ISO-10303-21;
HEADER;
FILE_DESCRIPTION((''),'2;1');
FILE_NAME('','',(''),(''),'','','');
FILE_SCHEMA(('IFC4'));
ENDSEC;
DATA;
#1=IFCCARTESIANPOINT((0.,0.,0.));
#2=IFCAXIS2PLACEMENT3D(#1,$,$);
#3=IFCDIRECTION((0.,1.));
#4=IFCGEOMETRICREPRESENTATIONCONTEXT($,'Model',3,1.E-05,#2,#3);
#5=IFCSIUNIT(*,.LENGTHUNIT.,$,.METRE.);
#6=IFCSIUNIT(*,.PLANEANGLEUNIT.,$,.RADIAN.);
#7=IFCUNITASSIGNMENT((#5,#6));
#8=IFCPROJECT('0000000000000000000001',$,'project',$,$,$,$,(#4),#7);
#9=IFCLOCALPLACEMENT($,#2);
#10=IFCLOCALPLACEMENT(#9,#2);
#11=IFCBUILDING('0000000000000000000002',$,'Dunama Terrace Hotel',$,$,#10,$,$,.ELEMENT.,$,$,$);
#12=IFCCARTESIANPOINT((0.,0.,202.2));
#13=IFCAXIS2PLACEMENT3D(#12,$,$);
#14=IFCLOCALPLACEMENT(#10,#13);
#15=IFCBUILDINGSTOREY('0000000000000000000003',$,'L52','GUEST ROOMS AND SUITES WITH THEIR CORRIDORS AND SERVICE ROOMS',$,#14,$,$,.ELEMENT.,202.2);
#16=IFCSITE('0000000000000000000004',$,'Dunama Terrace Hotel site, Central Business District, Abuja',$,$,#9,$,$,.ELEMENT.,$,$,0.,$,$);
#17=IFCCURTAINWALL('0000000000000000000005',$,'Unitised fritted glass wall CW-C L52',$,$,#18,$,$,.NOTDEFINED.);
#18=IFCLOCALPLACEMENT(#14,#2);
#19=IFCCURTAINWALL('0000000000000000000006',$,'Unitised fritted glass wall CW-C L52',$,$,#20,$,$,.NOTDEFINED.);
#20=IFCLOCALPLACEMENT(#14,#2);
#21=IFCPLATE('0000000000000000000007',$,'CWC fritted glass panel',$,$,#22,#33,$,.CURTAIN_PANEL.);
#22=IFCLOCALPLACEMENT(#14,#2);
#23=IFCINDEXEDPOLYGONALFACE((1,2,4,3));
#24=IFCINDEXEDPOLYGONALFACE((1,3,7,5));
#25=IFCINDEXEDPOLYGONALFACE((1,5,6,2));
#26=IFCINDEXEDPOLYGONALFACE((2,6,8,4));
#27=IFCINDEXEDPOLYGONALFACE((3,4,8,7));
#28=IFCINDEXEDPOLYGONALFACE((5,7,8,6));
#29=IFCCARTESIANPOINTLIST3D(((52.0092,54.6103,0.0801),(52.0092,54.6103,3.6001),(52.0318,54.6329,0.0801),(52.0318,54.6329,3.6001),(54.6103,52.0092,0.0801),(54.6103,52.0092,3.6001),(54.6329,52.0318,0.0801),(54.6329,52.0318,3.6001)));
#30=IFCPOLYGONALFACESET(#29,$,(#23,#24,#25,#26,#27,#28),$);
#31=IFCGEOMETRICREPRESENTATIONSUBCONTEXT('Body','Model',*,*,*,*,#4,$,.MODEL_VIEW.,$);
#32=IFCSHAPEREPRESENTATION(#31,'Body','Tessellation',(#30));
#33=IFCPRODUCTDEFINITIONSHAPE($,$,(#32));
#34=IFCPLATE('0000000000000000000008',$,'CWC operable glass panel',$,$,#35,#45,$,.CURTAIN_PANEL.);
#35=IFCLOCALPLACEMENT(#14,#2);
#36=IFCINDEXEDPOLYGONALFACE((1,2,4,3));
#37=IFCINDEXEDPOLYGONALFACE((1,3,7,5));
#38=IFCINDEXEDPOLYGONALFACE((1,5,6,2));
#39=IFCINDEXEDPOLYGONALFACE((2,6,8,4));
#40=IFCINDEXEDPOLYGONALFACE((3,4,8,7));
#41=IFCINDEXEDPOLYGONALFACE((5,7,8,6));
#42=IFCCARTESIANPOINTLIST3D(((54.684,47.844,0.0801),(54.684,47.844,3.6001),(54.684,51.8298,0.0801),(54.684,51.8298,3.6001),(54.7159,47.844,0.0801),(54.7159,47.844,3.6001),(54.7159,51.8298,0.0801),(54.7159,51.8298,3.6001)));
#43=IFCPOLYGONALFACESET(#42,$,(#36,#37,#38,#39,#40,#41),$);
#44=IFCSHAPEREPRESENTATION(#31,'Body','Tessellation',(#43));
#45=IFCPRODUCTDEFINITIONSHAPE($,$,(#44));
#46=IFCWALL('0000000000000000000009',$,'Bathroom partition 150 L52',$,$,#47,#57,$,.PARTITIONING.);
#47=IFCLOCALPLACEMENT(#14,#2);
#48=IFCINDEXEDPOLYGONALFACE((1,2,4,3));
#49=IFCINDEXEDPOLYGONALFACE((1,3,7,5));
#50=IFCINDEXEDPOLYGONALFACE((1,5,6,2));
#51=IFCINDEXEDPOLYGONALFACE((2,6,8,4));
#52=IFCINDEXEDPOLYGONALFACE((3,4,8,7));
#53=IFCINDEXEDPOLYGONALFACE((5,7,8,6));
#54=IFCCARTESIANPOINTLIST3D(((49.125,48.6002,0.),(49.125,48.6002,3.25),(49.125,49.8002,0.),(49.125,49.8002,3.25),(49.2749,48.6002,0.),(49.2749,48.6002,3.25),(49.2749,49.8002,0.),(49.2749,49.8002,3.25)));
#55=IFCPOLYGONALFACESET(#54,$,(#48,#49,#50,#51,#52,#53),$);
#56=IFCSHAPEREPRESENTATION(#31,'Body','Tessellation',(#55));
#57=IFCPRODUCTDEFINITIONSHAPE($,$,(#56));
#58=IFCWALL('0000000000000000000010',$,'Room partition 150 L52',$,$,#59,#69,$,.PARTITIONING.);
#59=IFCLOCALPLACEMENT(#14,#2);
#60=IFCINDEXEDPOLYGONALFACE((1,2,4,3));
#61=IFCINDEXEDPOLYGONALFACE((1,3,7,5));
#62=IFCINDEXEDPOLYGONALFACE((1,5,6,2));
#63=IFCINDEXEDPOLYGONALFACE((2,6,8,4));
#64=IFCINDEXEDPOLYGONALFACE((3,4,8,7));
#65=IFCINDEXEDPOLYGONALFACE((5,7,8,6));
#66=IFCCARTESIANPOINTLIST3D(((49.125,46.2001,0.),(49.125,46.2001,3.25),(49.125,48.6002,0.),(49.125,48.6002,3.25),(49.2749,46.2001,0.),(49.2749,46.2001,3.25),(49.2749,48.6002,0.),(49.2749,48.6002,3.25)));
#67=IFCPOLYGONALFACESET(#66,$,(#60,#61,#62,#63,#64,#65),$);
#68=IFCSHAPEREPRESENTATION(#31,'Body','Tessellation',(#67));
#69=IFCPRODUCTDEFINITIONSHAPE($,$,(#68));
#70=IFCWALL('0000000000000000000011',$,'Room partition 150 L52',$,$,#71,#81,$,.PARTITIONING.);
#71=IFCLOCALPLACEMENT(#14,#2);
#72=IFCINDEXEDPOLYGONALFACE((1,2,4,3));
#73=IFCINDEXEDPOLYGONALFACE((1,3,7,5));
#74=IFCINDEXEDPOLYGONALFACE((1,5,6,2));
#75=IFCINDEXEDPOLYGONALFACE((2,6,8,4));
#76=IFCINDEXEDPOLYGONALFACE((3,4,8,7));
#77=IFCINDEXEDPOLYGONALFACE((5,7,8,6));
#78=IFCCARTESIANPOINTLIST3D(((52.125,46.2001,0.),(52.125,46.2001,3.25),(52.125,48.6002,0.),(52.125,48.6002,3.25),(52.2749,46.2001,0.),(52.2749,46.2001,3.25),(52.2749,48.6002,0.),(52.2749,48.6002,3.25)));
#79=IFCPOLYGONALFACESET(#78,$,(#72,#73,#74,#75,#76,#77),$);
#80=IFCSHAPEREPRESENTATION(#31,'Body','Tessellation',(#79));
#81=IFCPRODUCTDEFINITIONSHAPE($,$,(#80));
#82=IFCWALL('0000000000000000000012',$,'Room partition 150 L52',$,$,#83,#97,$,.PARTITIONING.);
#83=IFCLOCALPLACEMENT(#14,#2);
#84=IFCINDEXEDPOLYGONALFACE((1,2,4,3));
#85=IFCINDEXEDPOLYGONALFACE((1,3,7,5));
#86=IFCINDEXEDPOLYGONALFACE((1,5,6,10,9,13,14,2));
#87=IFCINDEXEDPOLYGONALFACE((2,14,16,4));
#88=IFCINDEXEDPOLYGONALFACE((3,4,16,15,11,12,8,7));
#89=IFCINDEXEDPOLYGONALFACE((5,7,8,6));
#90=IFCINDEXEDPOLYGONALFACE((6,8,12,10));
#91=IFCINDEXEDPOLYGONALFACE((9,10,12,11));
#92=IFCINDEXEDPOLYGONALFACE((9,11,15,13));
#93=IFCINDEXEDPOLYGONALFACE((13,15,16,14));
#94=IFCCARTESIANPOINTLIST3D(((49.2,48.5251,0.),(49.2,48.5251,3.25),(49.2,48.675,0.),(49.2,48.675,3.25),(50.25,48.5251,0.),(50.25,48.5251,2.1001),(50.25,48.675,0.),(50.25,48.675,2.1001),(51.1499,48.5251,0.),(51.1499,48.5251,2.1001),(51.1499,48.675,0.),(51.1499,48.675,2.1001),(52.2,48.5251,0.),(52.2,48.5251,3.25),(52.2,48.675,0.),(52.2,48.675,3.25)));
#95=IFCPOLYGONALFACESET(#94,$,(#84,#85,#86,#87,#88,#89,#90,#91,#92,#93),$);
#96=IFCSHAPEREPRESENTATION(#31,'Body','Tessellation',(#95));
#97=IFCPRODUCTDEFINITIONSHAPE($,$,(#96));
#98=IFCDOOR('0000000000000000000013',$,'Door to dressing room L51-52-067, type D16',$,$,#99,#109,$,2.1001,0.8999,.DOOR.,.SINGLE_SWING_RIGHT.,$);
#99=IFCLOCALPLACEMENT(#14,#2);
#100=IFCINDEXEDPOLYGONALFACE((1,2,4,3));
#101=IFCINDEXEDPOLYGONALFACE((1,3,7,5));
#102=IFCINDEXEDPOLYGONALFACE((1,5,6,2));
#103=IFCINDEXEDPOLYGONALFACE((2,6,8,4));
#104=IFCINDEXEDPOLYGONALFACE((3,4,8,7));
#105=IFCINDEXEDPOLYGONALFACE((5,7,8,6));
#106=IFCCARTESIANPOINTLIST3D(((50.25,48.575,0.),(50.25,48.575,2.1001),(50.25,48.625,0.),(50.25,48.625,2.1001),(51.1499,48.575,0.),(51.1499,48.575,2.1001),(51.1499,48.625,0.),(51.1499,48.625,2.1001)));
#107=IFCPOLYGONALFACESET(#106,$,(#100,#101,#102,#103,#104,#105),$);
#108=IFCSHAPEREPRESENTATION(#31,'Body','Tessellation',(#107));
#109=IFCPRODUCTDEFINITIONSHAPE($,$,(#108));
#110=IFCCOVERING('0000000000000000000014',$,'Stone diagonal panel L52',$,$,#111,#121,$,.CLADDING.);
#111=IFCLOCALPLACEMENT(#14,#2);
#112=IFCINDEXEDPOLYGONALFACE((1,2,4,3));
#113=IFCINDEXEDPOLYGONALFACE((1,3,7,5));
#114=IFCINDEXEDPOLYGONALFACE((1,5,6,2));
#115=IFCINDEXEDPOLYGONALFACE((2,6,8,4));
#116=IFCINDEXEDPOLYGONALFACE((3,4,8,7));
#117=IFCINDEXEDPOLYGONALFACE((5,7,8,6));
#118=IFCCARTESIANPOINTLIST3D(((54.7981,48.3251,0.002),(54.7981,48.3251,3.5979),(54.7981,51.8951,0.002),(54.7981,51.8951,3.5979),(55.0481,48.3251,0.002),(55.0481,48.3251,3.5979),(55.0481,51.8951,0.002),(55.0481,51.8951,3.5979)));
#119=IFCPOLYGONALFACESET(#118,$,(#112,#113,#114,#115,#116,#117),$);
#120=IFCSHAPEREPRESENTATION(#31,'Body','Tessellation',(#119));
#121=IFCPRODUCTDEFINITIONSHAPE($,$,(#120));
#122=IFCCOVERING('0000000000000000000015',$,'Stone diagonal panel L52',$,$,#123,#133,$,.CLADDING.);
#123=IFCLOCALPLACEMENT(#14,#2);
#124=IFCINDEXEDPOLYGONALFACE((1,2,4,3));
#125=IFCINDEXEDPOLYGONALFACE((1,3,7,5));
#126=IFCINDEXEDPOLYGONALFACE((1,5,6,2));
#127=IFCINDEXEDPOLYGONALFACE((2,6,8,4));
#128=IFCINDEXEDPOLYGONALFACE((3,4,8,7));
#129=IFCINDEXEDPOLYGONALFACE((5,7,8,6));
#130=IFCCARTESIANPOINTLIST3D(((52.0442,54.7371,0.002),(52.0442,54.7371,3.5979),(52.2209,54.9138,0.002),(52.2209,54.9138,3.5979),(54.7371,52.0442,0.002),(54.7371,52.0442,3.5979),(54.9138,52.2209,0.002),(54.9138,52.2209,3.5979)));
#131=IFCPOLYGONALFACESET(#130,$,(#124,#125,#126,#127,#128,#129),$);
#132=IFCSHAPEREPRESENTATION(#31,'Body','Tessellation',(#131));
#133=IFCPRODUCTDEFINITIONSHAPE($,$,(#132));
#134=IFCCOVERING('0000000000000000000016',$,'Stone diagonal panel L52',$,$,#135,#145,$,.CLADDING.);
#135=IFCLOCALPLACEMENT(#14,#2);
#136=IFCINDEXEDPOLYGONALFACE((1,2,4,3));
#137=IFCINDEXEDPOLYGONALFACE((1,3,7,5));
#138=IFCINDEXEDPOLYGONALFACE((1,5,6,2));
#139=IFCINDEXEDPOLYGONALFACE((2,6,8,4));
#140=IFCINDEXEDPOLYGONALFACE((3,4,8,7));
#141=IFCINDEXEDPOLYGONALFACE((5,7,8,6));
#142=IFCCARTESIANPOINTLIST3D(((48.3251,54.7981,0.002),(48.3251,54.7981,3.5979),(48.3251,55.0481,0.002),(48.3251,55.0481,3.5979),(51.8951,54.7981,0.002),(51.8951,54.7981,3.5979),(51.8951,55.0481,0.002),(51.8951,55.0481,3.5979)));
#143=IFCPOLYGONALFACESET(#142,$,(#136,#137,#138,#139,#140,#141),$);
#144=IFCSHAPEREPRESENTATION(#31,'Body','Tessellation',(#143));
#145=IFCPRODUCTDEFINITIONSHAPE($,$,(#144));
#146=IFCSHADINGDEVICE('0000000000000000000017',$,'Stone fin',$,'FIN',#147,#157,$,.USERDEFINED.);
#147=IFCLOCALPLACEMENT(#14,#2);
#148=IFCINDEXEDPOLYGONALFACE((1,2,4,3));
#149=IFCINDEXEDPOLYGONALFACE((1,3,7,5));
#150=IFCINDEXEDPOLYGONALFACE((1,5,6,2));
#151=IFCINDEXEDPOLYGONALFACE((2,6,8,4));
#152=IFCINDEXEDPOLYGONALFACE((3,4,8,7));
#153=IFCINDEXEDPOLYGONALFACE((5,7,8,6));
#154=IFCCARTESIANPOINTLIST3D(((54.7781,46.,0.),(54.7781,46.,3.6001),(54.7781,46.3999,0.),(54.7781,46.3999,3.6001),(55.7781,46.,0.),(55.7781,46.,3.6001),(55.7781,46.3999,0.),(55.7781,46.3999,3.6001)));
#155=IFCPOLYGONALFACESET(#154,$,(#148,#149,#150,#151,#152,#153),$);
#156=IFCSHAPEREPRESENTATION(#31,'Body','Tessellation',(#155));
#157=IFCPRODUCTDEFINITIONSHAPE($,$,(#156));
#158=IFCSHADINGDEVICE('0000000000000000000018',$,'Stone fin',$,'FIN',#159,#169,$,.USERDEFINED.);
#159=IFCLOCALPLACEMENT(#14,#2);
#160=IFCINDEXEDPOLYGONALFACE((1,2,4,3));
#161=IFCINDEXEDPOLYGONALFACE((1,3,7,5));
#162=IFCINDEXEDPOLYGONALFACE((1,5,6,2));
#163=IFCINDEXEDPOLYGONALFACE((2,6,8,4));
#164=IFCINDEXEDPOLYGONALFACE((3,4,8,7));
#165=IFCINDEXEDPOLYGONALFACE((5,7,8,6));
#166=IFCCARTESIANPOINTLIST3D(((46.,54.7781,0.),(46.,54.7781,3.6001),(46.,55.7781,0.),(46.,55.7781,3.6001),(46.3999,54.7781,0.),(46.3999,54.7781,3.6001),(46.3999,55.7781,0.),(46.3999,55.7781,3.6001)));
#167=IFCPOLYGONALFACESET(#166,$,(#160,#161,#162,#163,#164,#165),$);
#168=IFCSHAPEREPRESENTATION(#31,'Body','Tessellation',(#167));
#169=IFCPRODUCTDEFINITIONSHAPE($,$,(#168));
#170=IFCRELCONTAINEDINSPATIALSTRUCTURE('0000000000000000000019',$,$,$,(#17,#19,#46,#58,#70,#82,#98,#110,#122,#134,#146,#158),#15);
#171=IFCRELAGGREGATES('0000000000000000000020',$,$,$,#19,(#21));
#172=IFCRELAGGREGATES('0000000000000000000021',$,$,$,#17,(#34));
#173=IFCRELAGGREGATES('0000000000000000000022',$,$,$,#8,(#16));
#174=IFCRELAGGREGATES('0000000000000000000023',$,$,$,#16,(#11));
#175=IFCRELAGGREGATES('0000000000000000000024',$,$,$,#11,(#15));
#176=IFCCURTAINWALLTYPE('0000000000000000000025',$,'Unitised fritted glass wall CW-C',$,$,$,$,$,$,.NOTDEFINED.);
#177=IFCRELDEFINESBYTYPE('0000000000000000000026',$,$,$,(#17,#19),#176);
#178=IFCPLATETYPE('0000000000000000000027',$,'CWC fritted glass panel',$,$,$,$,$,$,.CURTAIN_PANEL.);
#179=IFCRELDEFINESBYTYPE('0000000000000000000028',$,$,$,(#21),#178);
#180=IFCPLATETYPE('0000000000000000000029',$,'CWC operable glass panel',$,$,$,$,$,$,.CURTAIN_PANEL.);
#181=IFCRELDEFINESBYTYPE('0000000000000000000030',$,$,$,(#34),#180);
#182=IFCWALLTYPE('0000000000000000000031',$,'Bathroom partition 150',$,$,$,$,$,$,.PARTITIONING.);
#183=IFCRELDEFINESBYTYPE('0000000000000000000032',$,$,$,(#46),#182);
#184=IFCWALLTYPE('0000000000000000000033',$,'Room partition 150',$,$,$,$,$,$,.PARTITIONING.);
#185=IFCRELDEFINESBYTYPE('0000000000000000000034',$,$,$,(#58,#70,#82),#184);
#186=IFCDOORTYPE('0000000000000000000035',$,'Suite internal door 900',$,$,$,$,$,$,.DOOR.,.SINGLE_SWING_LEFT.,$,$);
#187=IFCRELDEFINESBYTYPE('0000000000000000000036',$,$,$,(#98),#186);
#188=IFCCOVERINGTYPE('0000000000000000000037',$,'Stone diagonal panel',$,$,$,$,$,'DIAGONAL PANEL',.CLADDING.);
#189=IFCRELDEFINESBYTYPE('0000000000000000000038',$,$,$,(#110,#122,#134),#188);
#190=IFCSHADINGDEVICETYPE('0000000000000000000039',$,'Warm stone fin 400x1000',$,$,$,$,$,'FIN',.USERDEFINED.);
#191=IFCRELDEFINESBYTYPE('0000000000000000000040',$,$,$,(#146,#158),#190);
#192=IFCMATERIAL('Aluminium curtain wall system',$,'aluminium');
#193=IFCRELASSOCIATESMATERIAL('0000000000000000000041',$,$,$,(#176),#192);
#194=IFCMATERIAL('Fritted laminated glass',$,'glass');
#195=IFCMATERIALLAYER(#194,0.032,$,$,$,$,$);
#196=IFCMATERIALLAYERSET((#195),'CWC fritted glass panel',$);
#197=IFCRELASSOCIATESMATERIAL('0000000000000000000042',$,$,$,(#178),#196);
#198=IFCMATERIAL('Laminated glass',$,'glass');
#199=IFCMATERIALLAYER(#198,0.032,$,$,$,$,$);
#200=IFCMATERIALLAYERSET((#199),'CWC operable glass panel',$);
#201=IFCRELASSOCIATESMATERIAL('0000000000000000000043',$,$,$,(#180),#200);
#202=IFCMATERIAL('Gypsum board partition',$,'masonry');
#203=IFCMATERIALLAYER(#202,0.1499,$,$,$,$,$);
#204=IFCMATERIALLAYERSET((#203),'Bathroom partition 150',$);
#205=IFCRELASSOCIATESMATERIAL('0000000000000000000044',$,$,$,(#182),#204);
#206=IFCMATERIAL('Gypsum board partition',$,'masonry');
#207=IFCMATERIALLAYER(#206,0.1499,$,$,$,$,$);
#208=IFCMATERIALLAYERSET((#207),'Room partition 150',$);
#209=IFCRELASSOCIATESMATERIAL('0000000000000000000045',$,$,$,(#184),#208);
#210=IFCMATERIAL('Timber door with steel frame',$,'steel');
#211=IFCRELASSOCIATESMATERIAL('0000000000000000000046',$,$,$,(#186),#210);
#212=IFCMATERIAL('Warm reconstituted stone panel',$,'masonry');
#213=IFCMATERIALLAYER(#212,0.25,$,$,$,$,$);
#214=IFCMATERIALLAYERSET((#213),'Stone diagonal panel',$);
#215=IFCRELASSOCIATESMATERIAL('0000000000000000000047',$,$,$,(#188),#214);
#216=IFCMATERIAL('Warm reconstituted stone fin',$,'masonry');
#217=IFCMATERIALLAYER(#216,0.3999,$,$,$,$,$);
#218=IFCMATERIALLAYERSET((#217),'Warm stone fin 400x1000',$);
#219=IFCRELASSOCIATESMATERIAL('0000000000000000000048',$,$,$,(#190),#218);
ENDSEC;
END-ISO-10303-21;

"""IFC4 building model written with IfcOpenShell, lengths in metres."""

from ifc_helpers import new_model, si_unit, direction, frame, frame_2d, origin, origin_2d, place, context, subcontext, project, spatial, rectangle, extrude, material, layer, layer_set, type_object, element, fill, aggregate, save


model = new_model("IFC4")

# Units and contexts
model_context = context("Model", 3, precision=1e-05, world=origin(), true_north=direction((0.0, 1.0)))
body_context = subcontext(model_context, "Body", "Model", "MODEL_VIEW")
ifc_project = project(units=[si_unit("LENGTHUNIT", "METRE"), si_unit("PLANEANGLEUNIT", "RADIAN")], contexts=[model_context])

# Site, building, storey
site_placement = place(None, origin())
site = spatial("IfcSite", under=ifc_project, at=site_placement, Name="Dunama Terrace Hotel site, Central Business District, Abuja", CompositionType="ELEMENT", RefElevation=0.0)
building_placement = place(site_placement, origin())
building = spatial("IfcBuilding", under=site, at=building_placement, Name="Dunama Terrace Hotel", CompositionType="ELEMENT")
storey_placement = place(building_placement, frame((0.0, 0.0, 202.2)))
storey = spatial("IfcBuildingStorey", under=building, at=storey_placement, Name="L52", Description="GUEST ROOMS AND SUITES WITH THEIR CORRIDORS AND SERVICE ROOMS", CompositionType="ELEMENT", Elevation=202.2)

# Curtain walls
ifc_material_1 = material(Name="Aluminium curtain wall system", Category="aluminium")
curtain_wall_type = type_object("IfcCurtainWallType", Name="Unitised fritted glass wall CW-C", PredefinedType="NOTDEFINED", material=ifc_material_1)
curtain_wall_1_placement = place(storey_placement, origin())
curtain_wall_1 = element("IfcCurtainWall", 1, at=curtain_wall_1_placement, inside=storey, type_object=curtain_wall_type, Name="Unitised fritted glass wall CW-C L52", PredefinedType="NOTDEFINED")
curtain_wall_2_placement = place(storey_placement, origin())
curtain_wall_2 = element("IfcCurtainWall", 2, at=curtain_wall_2_placement, inside=storey, type_object=curtain_wall_type, Name="Unitised fritted glass wall CW-C L52", PredefinedType="NOTDEFINED")

# Plates
ifc_material_2 = material(Name="Fritted laminated glass", Category="glass")
ifc_layer_1 = layer(ifc_material_2, 0.032)
ifc_layer_set_1 = layer_set([ifc_layer_1], Name="CWC fritted glass panel")
plate_type_1 = type_object("IfcPlateType", Name="CWC fritted glass panel", PredefinedType="CURTAIN_PANEL", material=ifc_layer_set_1)
plate_1_placement = place(storey_placement, frame((53.321, 53.321, 0.0801), z_axis=(0.0, 0.0, 1.0), x_axis=(-0.707107, 0.707107, 0.0)))
plate_1 = element("IfcPlate", 3, at=plate_1_placement, type_object=plate_type_1, Name="CWC fritted glass panel", PredefinedType="CURTAIN_PANEL", context=body_context, shape_type="SweptSolid", body=[
    extrude(rectangle(XDim=3.6785, YDim=0.032, at=origin_2d()), origin(), (0.0, 0.0, 1.0), 3.52),
])
aggregate(curtain_wall_2, [plate_1])
ifc_material_3 = material(Name="Laminated glass", Category="glass")
ifc_layer_2 = layer(ifc_material_3, 0.032)
ifc_layer_set_2 = layer_set([ifc_layer_2], Name="CWC operable glass panel")
plate_type_2 = type_object("IfcPlateType", Name="CWC operable glass panel", PredefinedType="CURTAIN_PANEL", material=ifc_layer_set_2)
plate_2_placement = place(storey_placement, frame((54.7, 49.8369, 0.0801), z_axis=(0.0, 0.0, 1.0), x_axis=(0.0, 1.0, 0.0)))
plate_2 = element("IfcPlate", 4, at=plate_2_placement, type_object=plate_type_2, Name="CWC operable glass panel", PredefinedType="CURTAIN_PANEL", context=body_context, shape_type="SweptSolid", body=[
    extrude(rectangle(XDim=3.9858, YDim=0.032, at=origin_2d()), origin(), (0.0, 0.0, 1.0), 3.52),
])
aggregate(curtain_wall_1, [plate_2])

# Walls
ifc_material_4 = material(Name="Gypsum board partition", Category="masonry")
ifc_layer_3 = layer(ifc_material_4, 0.1499)
ifc_layer_set_3 = layer_set([ifc_layer_3], Name="Bathroom partition 150")
wall_type_1 = type_object("IfcWallType", Name="Bathroom partition 150", PredefinedType="PARTITIONING", material=ifc_layer_set_3)
wall_1_placement = place(storey_placement, frame((49.2, 48.6001, 0.0), z_axis=(0.0, 0.0, 1.0), x_axis=(0.0, 1.0, 0.0)))
element("IfcWall", 5, at=wall_1_placement, inside=storey, type_object=wall_type_1, Name="Bathroom partition 150 L52", PredefinedType="PARTITIONING", context=body_context, shape_type="SweptSolid", body=[
    extrude(rectangle(XDim=1.2, YDim=0.1499, at=frame_2d((0.6001, 0.0))), origin(), (0.0, 0.0, 1.0), 3.25),
])
ifc_material_5 = material(Name="Gypsum board partition", Category="masonry")
ifc_layer_4 = layer(ifc_material_5, 0.1499)
ifc_layer_set_4 = layer_set([ifc_layer_4], Name="Room partition 150")
wall_type_2 = type_object("IfcWallType", Name="Room partition 150", PredefinedType="PARTITIONING", material=ifc_layer_set_4)
for number, where, z_axis, x_axis, name in (
    (6, (49.2, 46.2, 0.0), (0.0, 0.0, 1.0), (0.0, 1.0, 0.0), "Room partition 150 L52"),
    (7, (52.2, 46.2, 0.0), (0.0, 0.0, 1.0), (0.0, 1.0, 0.0), "Room partition 150 L52"),
):
    element("IfcWall", number, at=place(storey_placement, frame(where, z_axis=z_axis, x_axis=x_axis)), inside=storey, type_object=wall_type_2, Name=name, PredefinedType="PARTITIONING", context=body_context, shape_type="SweptSolid", body=[
        extrude(rectangle(XDim=2.4001, YDim=0.1499, at=frame_2d((1.2002, 0.0))), origin(), (0.0, 0.0, 1.0), 3.25),
    ])

# Wall, opening, door
wall_2_placement = place(storey_placement, frame((49.2, 48.6001, 0.0), z_axis=(0.0, 0.0, 1.0), x_axis=(1.0, 0.0, 0.0)))
wall_2 = element("IfcWall", 8, at=wall_2_placement, inside=storey, type_object=wall_type_2, Name="Room partition 150 L52", PredefinedType="PARTITIONING", context=body_context, shape_type="SweptSolid", body=[
    extrude(rectangle(XDim=3.0, YDim=0.1499, at=frame_2d((1.5, 0.0))), origin(), (0.0, 0.0, 1.0), 3.25),
])
opening_placement = place(wall_2_placement, frame((1.05, 0.0, 0.0)))
opening = element("IfcOpeningElement", 9, at=opening_placement, cuts=wall_2, PredefinedType="OPENING", context=body_context, shape_type="SweptSolid", body=[
    extrude(rectangle(XDim=0.8999, YDim=2.1001, at=frame_2d((0.45, 1.05))), frame((0.0, 0.085, 0.0), z_axis=(0.0, -1.0, 0.0), x_axis=(1.0, 0.0, 0.0)), (0.0, 0.0, 1.0), 0.1699),
])
ifc_material_6 = material(Name="Timber door with steel frame", Category="steel")
door_type = type_object("IfcDoorType", Name="Suite internal door 900", OperationType="SINGLE_SWING_LEFT", PredefinedType="DOOR", material=ifc_material_6)
door_placement = place(opening_placement, frame((0.8999, 0.0, 0.0), z_axis=(0.0, 0.0, 1.0), x_axis=(-1.0, 0.0, 0.0)))
door = element("IfcDoor", 10, at=door_placement, inside=storey, type_object=door_type, Name="Door to dressing room L51-52-067, type D16", OperationType="SINGLE_SWING_RIGHT", OverallHeight=2.1001, OverallWidth=0.8999, PredefinedType="DOOR", context=body_context, shape_type="SweptSolid", body=[
    extrude(rectangle(XDim=0.8999, YDim=2.1001, at=frame_2d((0.45, 1.05))), frame((0.0, 0.0251, 0.0), z_axis=(0.0, -1.0, 0.0), x_axis=(1.0, 0.0, 0.0)), (0.0, 0.0, 1.0), 0.05),
])
fill(opening, door)

# Coverings
ifc_material_7 = material(Name="Warm reconstituted stone panel", Category="masonry")
ifc_layer_5 = layer(ifc_material_7, 0.25)
ifc_layer_set_5 = layer_set([ifc_layer_5], Name="Stone diagonal panel")
covering_type = type_object("IfcCoveringType", Name="Stone diagonal panel", ElementType="DIAGONAL PANEL", PredefinedType="CLADDING", material=ifc_layer_set_5)
covering_1_placement = place(storey_placement, frame((54.9231, 50.1101, 0.002), z_axis=(0.0, 0.0, 1.0), x_axis=(0.0, 1.0, 0.0)))
element("IfcCovering", 11, at=covering_1_placement, inside=storey, type_object=covering_type, Name="Stone diagonal panel L52", PredefinedType="CLADDING", context=body_context, shape_type="SweptSolid", body=[
    extrude(rectangle(XDim=3.5701, YDim=0.25, at=origin_2d()), origin(), (0.0, 0.0, 1.0), 3.5959),
])
covering_2_placement = place(storey_placement, frame((53.479, 53.479, 0.002), z_axis=(0.0, 0.0, 1.0), x_axis=(-0.707107, 0.707107, 0.0)))
element("IfcCovering", 12, at=covering_2_placement, inside=storey, type_object=covering_type, Name="Stone diagonal panel L52", PredefinedType="CLADDING", context=body_context, shape_type="SweptSolid", body=[
    extrude(rectangle(XDim=3.8083, YDim=0.25, at=origin_2d()), origin(), (0.0, 0.0, 1.0), 3.5959),
])
covering_3_placement = place(storey_placement, frame((50.1101, 54.9231, 0.002), z_axis=(0.0, 0.0, 1.0), x_axis=(-1.0, 0.0, 0.0)))
element("IfcCovering", 13, at=covering_3_placement, inside=storey, type_object=covering_type, Name="Stone diagonal panel L52", PredefinedType="CLADDING", context=body_context, shape_type="SweptSolid", body=[
    extrude(rectangle(XDim=3.5701, YDim=0.25, at=origin_2d()), origin(), (0.0, 0.0, 1.0), 3.5959),
])

# Shading devices
ifc_material_8 = material(Name="Warm reconstituted stone fin", Category="masonry")
ifc_layer_6 = layer(ifc_material_8, 0.3999)
ifc_layer_set_6 = layer_set([ifc_layer_6], Name="Warm stone fin 400x1000")
shading_device_type = type_object("IfcShadingDeviceType", Name="Warm stone fin 400x1000", ElementType="FIN", PredefinedType="USERDEFINED", material=ifc_layer_set_6)
for number, where, z_axis, x_axis, name in (
    (14, (55.2781, 46.2, 0.0), (0.0, 0.0, 1.0), (0.0, 1.0, 0.0), "Stone fin"),
    (15, (46.2, 55.2781, 0.0), (0.0, 0.0, 1.0), (-1.0, 0.0, 0.0), "Stone fin"),
):
    element("IfcShadingDevice", number, at=place(storey_placement, frame(where, z_axis=z_axis, x_axis=x_axis)), inside=storey, type_object=shading_device_type, Name=name, ObjectType="FIN", PredefinedType="USERDEFINED", context=body_context, shape_type="SweptSolid", body=[
        extrude(rectangle(XDim=0.3999, YDim=1.0, at=origin_2d()), origin(), (0.0, 0.0, 1.0), 3.6001),
    ])

save(model, "model.ifc")
